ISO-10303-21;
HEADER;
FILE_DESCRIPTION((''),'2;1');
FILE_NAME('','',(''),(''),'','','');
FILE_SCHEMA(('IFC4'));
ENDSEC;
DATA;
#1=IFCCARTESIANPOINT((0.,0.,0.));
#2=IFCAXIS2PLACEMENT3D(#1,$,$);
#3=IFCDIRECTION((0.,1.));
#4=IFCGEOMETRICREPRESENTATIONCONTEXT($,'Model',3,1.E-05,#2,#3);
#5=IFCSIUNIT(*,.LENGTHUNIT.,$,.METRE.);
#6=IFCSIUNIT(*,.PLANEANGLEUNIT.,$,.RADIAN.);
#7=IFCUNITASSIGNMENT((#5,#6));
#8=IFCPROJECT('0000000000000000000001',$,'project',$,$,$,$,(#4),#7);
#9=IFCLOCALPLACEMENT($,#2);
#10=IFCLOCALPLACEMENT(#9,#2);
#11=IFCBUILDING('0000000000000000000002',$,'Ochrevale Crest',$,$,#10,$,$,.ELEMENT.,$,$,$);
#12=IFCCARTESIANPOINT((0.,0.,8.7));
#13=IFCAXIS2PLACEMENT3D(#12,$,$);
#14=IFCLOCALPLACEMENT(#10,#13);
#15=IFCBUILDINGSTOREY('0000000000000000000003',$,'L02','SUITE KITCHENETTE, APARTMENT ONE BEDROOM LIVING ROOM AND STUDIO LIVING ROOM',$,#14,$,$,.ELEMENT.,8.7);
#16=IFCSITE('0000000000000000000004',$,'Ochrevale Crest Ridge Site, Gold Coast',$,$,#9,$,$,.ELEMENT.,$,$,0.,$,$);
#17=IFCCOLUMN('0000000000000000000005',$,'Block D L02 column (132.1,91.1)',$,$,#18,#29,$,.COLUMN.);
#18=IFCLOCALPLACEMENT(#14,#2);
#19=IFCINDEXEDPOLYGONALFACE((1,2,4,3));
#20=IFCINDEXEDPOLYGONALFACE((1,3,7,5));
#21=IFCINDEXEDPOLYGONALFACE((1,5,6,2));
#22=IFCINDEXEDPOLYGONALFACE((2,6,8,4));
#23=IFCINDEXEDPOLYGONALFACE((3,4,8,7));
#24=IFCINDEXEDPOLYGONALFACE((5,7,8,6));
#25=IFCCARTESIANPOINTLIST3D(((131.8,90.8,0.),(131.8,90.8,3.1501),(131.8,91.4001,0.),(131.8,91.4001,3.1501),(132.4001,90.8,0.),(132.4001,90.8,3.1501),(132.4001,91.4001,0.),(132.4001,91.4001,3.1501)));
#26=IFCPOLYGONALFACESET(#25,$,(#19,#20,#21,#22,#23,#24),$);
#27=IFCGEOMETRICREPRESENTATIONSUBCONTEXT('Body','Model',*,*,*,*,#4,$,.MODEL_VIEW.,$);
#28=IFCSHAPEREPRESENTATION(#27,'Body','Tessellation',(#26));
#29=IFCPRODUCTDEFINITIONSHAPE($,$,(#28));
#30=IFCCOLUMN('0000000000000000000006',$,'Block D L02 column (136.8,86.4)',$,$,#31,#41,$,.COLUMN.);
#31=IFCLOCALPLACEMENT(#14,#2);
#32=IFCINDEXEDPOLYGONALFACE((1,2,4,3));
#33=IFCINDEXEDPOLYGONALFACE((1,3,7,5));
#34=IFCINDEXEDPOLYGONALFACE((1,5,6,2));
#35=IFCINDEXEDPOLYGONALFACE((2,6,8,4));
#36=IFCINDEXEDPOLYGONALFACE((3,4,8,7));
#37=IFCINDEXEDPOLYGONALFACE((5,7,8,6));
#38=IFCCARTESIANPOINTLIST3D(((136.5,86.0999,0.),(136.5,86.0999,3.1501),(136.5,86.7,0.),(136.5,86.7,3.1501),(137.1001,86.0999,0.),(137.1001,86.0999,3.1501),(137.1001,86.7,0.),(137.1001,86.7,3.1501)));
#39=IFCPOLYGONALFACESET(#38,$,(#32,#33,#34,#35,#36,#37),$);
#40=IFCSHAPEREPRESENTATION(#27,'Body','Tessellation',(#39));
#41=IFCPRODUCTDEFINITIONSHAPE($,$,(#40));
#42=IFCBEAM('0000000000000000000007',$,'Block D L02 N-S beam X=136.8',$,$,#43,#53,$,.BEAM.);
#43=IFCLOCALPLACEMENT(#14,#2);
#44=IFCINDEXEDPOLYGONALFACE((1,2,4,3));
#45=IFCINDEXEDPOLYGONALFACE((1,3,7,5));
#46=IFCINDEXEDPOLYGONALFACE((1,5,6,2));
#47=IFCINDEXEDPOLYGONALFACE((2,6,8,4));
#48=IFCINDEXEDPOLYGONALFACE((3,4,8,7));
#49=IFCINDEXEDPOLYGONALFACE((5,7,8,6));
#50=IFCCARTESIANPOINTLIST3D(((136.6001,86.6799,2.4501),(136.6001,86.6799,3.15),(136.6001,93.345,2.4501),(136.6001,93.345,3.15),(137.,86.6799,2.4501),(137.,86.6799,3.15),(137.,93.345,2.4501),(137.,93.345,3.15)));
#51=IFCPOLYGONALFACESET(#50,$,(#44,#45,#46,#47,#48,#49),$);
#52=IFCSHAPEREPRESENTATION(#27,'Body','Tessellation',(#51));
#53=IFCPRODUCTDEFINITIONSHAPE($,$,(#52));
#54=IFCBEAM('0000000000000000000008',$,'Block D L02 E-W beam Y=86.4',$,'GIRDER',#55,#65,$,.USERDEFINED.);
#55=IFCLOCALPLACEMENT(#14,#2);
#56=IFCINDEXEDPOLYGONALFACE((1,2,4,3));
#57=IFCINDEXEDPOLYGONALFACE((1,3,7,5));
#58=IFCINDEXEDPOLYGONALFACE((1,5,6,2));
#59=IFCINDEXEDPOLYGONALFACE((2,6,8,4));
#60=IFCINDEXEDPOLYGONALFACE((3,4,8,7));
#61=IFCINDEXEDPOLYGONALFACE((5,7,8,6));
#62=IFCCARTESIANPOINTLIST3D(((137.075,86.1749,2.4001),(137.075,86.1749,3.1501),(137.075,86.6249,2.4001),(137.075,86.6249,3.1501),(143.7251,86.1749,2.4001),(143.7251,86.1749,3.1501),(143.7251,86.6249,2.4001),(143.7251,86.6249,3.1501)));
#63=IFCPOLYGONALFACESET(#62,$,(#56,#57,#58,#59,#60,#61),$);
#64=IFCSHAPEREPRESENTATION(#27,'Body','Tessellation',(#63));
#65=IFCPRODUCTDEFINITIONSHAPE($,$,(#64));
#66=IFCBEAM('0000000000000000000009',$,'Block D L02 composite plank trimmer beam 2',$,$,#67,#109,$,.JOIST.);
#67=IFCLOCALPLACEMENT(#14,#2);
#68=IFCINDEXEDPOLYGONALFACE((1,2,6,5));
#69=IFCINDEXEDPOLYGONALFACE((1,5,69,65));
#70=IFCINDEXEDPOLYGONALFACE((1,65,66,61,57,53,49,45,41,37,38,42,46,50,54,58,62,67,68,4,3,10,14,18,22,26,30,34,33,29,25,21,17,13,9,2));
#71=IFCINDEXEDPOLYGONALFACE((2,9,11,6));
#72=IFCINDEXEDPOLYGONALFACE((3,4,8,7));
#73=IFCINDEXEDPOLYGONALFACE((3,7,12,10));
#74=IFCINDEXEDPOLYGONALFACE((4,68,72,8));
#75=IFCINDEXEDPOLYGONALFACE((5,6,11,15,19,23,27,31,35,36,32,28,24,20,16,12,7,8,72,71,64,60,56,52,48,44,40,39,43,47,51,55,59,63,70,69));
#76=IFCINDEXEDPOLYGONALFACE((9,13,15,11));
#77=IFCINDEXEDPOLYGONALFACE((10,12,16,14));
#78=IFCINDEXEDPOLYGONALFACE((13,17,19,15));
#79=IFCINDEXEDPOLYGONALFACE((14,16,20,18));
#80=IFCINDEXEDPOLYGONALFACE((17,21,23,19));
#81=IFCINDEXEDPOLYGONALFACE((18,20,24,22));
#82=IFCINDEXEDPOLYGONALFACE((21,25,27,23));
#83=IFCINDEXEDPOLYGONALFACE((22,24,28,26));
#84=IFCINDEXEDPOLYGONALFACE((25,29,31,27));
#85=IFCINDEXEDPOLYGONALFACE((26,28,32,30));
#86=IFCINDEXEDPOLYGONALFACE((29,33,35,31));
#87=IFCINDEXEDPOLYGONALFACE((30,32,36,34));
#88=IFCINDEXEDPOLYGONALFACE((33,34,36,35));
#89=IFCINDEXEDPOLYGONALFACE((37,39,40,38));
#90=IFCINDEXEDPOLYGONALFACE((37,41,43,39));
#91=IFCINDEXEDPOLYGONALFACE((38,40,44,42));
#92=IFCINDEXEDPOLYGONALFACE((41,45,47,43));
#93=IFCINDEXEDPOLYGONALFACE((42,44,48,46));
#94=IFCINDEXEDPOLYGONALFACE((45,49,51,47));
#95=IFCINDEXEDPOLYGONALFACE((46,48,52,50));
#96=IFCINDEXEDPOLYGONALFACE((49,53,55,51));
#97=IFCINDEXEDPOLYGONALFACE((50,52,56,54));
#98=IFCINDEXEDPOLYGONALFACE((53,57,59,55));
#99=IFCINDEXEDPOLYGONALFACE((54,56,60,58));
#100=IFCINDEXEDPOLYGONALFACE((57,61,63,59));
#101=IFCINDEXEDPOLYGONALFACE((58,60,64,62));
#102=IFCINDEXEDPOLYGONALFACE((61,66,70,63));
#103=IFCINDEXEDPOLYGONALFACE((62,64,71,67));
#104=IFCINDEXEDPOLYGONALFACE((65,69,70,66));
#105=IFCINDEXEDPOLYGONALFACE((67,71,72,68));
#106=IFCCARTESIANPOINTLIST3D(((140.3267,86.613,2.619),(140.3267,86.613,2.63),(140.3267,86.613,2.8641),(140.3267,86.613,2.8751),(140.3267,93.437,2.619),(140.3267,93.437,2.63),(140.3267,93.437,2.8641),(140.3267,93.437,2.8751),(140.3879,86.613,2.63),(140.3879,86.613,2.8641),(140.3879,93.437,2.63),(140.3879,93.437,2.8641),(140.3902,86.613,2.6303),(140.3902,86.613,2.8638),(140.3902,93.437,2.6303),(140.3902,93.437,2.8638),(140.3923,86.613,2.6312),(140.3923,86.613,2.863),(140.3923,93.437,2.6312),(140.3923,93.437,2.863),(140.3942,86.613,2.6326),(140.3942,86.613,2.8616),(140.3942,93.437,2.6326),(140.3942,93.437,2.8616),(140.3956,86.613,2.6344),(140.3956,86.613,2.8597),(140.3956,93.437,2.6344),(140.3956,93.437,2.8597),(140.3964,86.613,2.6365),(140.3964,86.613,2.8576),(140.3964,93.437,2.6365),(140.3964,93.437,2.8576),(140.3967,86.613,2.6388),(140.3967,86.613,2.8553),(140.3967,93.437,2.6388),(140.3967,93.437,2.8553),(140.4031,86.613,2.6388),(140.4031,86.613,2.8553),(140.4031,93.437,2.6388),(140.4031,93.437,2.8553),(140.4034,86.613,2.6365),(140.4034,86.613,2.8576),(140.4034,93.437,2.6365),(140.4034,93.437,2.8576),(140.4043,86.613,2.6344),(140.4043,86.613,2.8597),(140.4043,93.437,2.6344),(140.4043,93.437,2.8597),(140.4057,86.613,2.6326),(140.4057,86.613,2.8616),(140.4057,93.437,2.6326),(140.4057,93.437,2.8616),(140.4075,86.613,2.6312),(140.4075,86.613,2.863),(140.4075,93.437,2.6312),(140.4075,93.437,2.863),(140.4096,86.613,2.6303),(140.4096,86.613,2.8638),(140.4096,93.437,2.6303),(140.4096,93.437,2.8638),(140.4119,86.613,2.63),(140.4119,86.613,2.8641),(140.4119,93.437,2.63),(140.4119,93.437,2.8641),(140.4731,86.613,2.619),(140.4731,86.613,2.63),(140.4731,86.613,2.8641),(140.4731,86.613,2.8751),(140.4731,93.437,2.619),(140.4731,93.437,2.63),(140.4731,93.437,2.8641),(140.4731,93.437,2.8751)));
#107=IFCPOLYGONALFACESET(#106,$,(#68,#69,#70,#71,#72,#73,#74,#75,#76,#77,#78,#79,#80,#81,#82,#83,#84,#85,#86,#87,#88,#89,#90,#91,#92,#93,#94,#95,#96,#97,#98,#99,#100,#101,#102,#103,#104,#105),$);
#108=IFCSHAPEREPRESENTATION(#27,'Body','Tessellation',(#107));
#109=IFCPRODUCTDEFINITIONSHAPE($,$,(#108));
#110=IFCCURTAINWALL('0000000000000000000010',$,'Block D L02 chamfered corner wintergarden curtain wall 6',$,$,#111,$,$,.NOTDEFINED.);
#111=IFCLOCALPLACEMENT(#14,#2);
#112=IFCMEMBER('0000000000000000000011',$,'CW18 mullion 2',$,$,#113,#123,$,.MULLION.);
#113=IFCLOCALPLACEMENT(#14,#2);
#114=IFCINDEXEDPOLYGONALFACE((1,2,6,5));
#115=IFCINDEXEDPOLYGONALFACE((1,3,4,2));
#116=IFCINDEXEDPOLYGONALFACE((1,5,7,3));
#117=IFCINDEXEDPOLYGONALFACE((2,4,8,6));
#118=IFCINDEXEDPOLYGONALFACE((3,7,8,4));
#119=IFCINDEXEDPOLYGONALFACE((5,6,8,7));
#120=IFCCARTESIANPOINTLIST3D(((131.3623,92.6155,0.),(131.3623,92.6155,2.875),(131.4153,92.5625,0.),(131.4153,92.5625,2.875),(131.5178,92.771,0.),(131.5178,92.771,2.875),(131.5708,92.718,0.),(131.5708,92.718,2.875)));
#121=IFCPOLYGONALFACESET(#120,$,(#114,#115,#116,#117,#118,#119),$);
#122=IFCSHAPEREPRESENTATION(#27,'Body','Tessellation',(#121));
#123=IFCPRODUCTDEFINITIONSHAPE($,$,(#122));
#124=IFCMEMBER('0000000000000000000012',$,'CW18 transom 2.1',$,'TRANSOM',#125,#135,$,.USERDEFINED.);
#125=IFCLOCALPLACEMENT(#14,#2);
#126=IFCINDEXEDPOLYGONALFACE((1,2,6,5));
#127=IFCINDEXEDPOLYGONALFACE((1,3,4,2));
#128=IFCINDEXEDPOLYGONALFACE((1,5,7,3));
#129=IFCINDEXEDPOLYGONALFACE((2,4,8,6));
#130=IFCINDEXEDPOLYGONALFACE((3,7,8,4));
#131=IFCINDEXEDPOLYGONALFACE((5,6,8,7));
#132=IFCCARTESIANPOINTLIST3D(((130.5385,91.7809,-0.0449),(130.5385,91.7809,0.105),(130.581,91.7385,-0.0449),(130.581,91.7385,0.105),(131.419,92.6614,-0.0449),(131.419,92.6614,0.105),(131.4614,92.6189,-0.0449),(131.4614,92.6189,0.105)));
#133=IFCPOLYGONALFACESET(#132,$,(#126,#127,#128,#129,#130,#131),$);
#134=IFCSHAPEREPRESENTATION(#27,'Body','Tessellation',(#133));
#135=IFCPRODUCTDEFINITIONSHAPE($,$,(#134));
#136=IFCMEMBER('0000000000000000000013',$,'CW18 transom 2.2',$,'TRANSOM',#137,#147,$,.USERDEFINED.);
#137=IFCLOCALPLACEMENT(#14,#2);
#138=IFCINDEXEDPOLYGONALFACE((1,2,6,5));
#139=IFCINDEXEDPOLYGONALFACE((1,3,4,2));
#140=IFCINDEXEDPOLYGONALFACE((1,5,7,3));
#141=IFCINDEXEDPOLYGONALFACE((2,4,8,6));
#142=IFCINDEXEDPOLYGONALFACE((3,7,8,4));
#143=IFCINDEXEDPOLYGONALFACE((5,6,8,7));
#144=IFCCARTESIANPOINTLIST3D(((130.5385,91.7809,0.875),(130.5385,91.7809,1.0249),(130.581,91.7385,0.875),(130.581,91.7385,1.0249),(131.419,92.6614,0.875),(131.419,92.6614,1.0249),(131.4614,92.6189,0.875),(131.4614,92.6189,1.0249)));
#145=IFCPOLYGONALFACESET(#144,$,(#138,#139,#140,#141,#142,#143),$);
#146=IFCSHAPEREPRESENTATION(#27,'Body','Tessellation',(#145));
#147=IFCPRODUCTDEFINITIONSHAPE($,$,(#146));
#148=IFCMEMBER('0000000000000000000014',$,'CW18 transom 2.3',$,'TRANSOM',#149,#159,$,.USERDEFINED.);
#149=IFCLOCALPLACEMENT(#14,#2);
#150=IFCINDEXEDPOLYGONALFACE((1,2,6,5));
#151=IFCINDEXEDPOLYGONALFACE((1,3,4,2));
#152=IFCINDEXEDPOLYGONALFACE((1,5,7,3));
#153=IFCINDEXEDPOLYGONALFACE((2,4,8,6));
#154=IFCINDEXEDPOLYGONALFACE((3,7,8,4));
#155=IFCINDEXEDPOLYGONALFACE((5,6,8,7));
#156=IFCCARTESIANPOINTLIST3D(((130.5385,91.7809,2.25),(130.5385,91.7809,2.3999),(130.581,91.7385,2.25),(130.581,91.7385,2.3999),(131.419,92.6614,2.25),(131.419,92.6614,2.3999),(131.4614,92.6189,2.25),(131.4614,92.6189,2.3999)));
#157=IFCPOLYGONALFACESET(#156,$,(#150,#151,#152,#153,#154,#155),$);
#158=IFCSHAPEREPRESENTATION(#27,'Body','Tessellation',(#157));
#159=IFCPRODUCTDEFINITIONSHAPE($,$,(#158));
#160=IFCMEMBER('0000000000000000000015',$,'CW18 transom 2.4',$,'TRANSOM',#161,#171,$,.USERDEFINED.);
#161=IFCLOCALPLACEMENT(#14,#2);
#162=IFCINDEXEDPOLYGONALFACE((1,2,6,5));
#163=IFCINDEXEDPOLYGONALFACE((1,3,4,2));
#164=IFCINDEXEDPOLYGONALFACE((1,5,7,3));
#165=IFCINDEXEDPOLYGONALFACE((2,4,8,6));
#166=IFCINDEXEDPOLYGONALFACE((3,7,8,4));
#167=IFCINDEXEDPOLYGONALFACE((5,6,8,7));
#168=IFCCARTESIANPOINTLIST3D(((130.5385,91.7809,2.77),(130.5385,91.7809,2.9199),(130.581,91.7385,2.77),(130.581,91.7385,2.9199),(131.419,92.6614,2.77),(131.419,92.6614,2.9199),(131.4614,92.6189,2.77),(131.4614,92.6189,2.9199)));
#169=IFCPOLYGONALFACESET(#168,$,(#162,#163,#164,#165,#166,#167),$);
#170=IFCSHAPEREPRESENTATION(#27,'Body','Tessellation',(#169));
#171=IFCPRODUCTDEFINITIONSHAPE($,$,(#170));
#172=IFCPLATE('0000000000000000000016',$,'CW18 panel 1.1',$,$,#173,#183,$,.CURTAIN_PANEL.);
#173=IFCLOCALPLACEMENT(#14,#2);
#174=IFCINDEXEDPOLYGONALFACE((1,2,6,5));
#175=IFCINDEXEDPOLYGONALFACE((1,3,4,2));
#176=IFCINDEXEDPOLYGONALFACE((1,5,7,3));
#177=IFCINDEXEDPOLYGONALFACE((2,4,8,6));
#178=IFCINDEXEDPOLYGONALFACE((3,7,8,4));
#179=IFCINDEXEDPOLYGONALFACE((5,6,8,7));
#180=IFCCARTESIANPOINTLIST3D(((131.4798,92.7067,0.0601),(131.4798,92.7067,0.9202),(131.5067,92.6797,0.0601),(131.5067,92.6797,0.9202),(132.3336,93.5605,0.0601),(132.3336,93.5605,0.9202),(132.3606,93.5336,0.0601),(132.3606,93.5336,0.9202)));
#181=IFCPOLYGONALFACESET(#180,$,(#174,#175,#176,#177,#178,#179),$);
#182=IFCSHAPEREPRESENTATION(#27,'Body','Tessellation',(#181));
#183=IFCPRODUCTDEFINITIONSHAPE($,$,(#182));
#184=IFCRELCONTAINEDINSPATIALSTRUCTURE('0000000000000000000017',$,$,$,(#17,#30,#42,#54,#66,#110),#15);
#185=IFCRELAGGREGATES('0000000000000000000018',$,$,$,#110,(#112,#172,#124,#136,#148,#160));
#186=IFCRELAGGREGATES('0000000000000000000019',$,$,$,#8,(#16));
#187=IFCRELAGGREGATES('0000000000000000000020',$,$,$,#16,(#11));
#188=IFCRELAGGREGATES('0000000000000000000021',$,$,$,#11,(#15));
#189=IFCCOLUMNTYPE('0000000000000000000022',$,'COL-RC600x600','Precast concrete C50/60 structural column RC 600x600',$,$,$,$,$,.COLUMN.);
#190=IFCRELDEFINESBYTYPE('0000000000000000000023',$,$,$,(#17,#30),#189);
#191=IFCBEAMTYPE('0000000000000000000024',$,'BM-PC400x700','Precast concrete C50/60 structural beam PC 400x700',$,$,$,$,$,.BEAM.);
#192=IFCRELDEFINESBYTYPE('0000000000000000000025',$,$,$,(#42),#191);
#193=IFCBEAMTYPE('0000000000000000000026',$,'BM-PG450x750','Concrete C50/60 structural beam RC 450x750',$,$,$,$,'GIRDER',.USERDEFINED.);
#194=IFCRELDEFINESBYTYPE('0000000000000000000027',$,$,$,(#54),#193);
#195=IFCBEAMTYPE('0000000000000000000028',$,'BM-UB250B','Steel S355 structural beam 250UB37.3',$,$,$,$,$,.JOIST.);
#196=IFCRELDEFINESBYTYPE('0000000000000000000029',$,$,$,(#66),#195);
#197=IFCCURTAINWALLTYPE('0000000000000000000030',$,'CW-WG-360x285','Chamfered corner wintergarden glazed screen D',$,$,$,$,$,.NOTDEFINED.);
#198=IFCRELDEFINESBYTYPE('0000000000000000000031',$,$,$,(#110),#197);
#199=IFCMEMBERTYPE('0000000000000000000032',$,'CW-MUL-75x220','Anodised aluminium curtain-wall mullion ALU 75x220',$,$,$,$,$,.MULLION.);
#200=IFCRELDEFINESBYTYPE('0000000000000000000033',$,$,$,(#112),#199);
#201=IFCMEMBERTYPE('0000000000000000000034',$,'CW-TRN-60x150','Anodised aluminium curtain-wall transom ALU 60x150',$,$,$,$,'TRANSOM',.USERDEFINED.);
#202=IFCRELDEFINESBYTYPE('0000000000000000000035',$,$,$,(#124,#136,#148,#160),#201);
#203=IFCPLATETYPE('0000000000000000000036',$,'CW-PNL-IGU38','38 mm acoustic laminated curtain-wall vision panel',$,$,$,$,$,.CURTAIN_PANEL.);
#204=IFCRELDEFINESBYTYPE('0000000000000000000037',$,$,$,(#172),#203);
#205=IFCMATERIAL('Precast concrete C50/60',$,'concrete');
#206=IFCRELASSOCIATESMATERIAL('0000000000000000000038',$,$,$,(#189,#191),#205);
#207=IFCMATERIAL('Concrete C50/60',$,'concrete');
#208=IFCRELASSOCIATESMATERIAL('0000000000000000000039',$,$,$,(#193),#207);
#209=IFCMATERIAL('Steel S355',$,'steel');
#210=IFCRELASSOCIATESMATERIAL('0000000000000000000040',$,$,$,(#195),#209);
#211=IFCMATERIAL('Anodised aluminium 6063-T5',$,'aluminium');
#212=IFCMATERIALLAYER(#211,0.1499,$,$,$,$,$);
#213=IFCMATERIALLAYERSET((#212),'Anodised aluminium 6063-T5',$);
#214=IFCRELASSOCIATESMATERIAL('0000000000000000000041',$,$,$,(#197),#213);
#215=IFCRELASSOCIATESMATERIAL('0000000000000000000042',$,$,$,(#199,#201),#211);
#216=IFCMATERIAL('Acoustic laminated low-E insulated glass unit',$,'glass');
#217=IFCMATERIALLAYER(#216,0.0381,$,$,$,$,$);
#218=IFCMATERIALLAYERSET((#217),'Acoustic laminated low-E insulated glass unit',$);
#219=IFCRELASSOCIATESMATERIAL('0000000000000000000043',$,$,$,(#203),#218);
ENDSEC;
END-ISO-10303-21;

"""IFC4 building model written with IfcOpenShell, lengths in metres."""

from ifc_helpers import new_model, si_unit, direction, frame, origin, origin_2d, place, context, subcontext, project, spatial, rectangle, i_section, extrude, material, layer, layer_set, material_profile, profile_set, type_object, element, aggregate, save


model = new_model("IFC4")

# Units and contexts
model_context = context("Model", 3, precision=1e-05, world=origin(), true_north=direction((0.0, 1.0)))
body_context = subcontext(model_context, "Body", "Model", "MODEL_VIEW")
ifc_project = project(units=[si_unit("LENGTHUNIT", "METRE"), si_unit("PLANEANGLEUNIT", "RADIAN")], contexts=[model_context])

# Site, building, storey
site_placement = place(None, origin())
site = spatial("IfcSite", under=ifc_project, at=site_placement, Name="Ochrevale Crest Ridge Site, Gold Coast", CompositionType="ELEMENT", RefElevation=0.0)
building_placement = place(site_placement, origin())
building = spatial("IfcBuilding", under=site, at=building_placement, Name="Ochrevale Crest", CompositionType="ELEMENT")
storey_placement = place(building_placement, frame((0.0, 0.0, 8.7)))
storey = spatial("IfcBuildingStorey", under=building, at=storey_placement, Name="L02", Description="SUITE KITCHENETTE, APARTMENT ONE BEDROOM LIVING ROOM AND STUDIO LIVING ROOM", CompositionType="ELEMENT", Elevation=8.7)

# Columns
ifc_material_1 = material(Name="Precast concrete C50/60", Category="concrete")
ifc_material_profile_1 = material_profile(ifc_material_1, rectangle(XDim=0.6001, YDim=0.6001, at=origin_2d()), Name="RC 600x600")
ifc_profile_set_1 = profile_set([ifc_material_profile_1], Name="Precast concrete C50/60")
column_type = type_object("IfcColumnType", Name="COL-RC600x600", Description="Precast concrete C50/60 structural column RC 600x600", PredefinedType="COLUMN", material=ifc_profile_set_1)
for number, where, z_axis, x_axis, name in (
    (1, (132.1001, 91.1001, 0.0), (0.0, 0.0, 1.0), (1.0, 0.0, 0.0), "Block D L02 column (132.1,91.1)"),
    (2, (136.8, 86.3999, 0.0), (0.0, 0.0, 1.0), (1.0, 0.0, 0.0), "Block D L02 column (136.8,86.4)"),
):
    element("IfcColumn", number, at=place(storey_placement, frame(where, z_axis=z_axis, x_axis=x_axis)), inside=storey, type_object=column_type, Name=name, PredefinedType="COLUMN", context=body_context, shape_type="SweptSolid", body=[
        extrude(rectangle(XDim=0.6001, YDim=0.6001, at=origin_2d()), origin(), (0.0, 0.0, 1.0), 3.1501),
    ])

# Beams
ifc_material_profile_2 = material_profile(ifc_material_1, rectangle(XDim=0.3999, YDim=0.7, at=origin_2d()), Name="PC 400x700")
ifc_profile_set_2 = profile_set([ifc_material_profile_2], Name="Precast concrete C50/60")
beam_type_1 = type_object("IfcBeamType", Name="BM-PC400x700", Description="Precast concrete C50/60 structural beam PC 400x700", PredefinedType="BEAM", material=ifc_profile_set_2)
beam_1_placement = place(storey_placement, frame((136.8, 86.6799, 2.8), z_axis=(0.0, 1.0, 0.0), x_axis=(-1.0, 0.0, 0.0)))
element("IfcBeam", 3, at=beam_1_placement, inside=storey, type_object=beam_type_1, Name="Block D L02 N-S beam X=136.8", PredefinedType="BEAM", context=body_context, shape_type="SweptSolid", body=[
    extrude(rectangle(XDim=0.3999, YDim=0.7, at=origin_2d()), origin(), (0.0, 0.0, 1.0), 6.665),
])
ifc_material_2 = material(Name="Concrete C50/60", Category="concrete")
ifc_material_profile_3 = material_profile(ifc_material_2, rectangle(XDim=0.45, YDim=0.75, at=origin_2d()), Name="RC 450x750")
ifc_profile_set_3 = profile_set([ifc_material_profile_3], Name="Concrete C50/60")
beam_type_2 = type_object("IfcBeamType", Name="BM-PG450x750", Description="Concrete C50/60 structural beam RC 450x750", ElementType="GIRDER", PredefinedType="USERDEFINED", material=ifc_profile_set_3)
beam_2_placement = place(storey_placement, frame((137.075, 86.3999, 2.7751), z_axis=(1.0, 0.0, 0.0), x_axis=(0.0, 1.0, 0.0)))
element("IfcBeam", 4, at=beam_2_placement, inside=storey, type_object=beam_type_2, Name="Block D L02 E-W beam Y=86.4", ObjectType="GIRDER", PredefinedType="USERDEFINED", context=body_context, shape_type="SweptSolid", body=[
    extrude(rectangle(XDim=0.45, YDim=0.75, at=origin_2d()), origin(), (0.0, 0.0, 1.0), 6.6501),
])
ifc_material_3 = material(Name="Steel S355", Category="steel")
ifc_material_profile_4 = material_profile(ifc_material_3, i_section(OverallWidth=0.1465, OverallDepth=0.2561, WebThickness=0.0063, FlangeThickness=0.011, FilletRadius=0.0088, at=origin_2d()), Name="250UB37.3")
ifc_profile_set_4 = profile_set([ifc_material_profile_4], Name="Steel S355")
beam_type_3 = type_object("IfcBeamType", Name="BM-UB250B", Description="Steel S355 structural beam 250UB37.3", PredefinedType="JOIST", material=ifc_profile_set_4)
beam_3_placement = place(storey_placement, frame((140.3999, 86.613, 2.7471), z_axis=(0.0, 1.0, 0.0), x_axis=(-1.0, 0.0, 0.0)))
element("IfcBeam", 5, at=beam_3_placement, inside=storey, type_object=beam_type_3, Name="Block D L02 composite plank trimmer beam 2", PredefinedType="JOIST", context=body_context, shape_type="SweptSolid", body=[
    extrude(i_section(OverallWidth=0.1465, OverallDepth=0.2561, WebThickness=0.0063, FlangeThickness=0.011, FilletRadius=0.0088, at=origin_2d()), origin(), (0.0, 0.0, 1.0), 6.824),
])

# Curtain wall, members, plate
ifc_material_4 = material(Name="Anodised aluminium 6063-T5", Category="aluminium")
ifc_layer_1 = layer(ifc_material_4, 0.1499)
ifc_layer_set_1 = layer_set([ifc_layer_1], Name="Anodised aluminium 6063-T5")
curtain_wall_type = type_object("IfcCurtainWallType", Name="CW-WG-360x285", Description="Chamfered corner wintergarden glazed screen D", PredefinedType="NOTDEFINED", material=ifc_layer_set_1)
curtain_wall_placement = place(storey_placement, origin())
curtain_wall = element("IfcCurtainWall", 6, at=curtain_wall_placement, inside=storey, type_object=curtain_wall_type, Name="Block D L02 chamfered corner wintergarden curtain wall 6", PredefinedType="NOTDEFINED")
ifc_material_profile_5 = material_profile(ifc_material_4, rectangle(XDim=0.075, YDim=0.22, at=origin_2d()), Name="ALU 75x220")
ifc_profile_set_5 = profile_set([ifc_material_profile_5], Name="Anodised aluminium 6063-T5")
member_type_1 = type_object("IfcMemberType", Name="CW-MUL-75x220", Description="Anodised aluminium curtain-wall mullion ALU 75x220", PredefinedType="MULLION", material=ifc_profile_set_5)
member_1_placement = place(storey_placement, frame((131.4666, 92.6667, 0.0), z_axis=(0.0, 0.0, 1.0), x_axis=(0.707107, -0.707107, 0.0)))
member_1 = element("IfcMember", 7, at=member_1_placement, type_object=member_type_1, Name="CW18 mullion 2", PredefinedType="MULLION", context=body_context, shape_type="SweptSolid", body=[
    extrude(rectangle(XDim=0.075, YDim=0.22, at=origin_2d()), origin(), (0.0, 0.0, 1.0), 2.875),
])
ifc_material_profile_6 = material_profile(ifc_material_4, rectangle(XDim=0.0601, YDim=0.1499, at=origin_2d()), Name="ALU 60x150")
ifc_profile_set_6 = profile_set([ifc_material_profile_6], Name="Anodised aluminium 6063-T5")
member_type_2 = type_object("IfcMemberType", Name="CW-TRN-60x150", Description="Anodised aluminium curtain-wall transom ALU 60x150", ElementType="TRANSOM", PredefinedType="USERDEFINED", material=ifc_profile_set_6)
member_2_placement = place(storey_placement, frame((131.4402, 92.6401, 0.03), z_axis=(-0.707107, -0.707107, 0.0), x_axis=(0.707107, -0.707107, 0.0)))
member_2 = element("IfcMember", 8, at=member_2_placement, type_object=member_type_2, Name="CW18 transom 2.1", ObjectType="TRANSOM", PredefinedType="USERDEFINED", context=body_context, shape_type="SweptSolid", body=[
    extrude(rectangle(XDim=0.0601, YDim=0.1499, at=origin_2d()), origin(), (0.0, 0.0, 1.0), 1.2451),
])
member_3_placement = place(storey_placement, frame((131.4402, 92.6401, 0.95), z_axis=(-0.707107, -0.707107, 0.0), x_axis=(0.707107, -0.707107, 0.0)))
member_3 = element("IfcMember", 9, at=member_3_placement, type_object=member_type_2, Name="CW18 transom 2.2", ObjectType="TRANSOM", PredefinedType="USERDEFINED", context=body_context, shape_type="SweptSolid", body=[
    extrude(rectangle(XDim=0.0601, YDim=0.1499, at=origin_2d()), origin(), (0.0, 0.0, 1.0), 1.2451),
])
member_4_placement = place(storey_placement, frame((131.4402, 92.6401, 2.325), z_axis=(-0.707107, -0.707107, 0.0), x_axis=(0.707107, -0.707107, 0.0)))
member_4 = element("IfcMember", 10, at=member_4_placement, type_object=member_type_2, Name="CW18 transom 2.3", ObjectType="TRANSOM", PredefinedType="USERDEFINED", context=body_context, shape_type="SweptSolid", body=[
    extrude(rectangle(XDim=0.0601, YDim=0.1499, at=origin_2d()), origin(), (0.0, 0.0, 1.0), 1.2451),
])
member_5_placement = place(storey_placement, frame((131.4402, 92.6401, 2.845), z_axis=(-0.707107, -0.707107, 0.0), x_axis=(0.707107, -0.707107, 0.0)))
member_5 = element("IfcMember", 11, at=member_5_placement, type_object=member_type_2, Name="CW18 transom 2.4", ObjectType="TRANSOM", PredefinedType="USERDEFINED", context=body_context, shape_type="SweptSolid", body=[
    extrude(rectangle(XDim=0.0601, YDim=0.1499, at=origin_2d()), origin(), (0.0, 0.0, 1.0), 1.2451),
])
ifc_material_5 = material(Name="Acoustic laminated low-E insulated glass unit", Category="glass")
ifc_layer_2 = layer(ifc_material_5, 0.0381)
ifc_layer_set_2 = layer_set([ifc_layer_2], Name="Acoustic laminated low-E insulated glass unit")
plate_type = type_object("IfcPlateType", Name="CW-PNL-IGU38", Description="38 mm acoustic laminated curtain-wall vision panel", PredefinedType="CURTAIN_PANEL", material=ifc_layer_set_2)
plate_1_placement = place(storey_placement, frame((131.9202, 93.1201, 0.0601), z_axis=(0.0, 0.0, 1.0), x_axis=(-0.707107, -0.707107, 0.0)))
plate_1 = element("IfcPlate", 12, at=plate_1_placement, type_object=plate_type, Name="CW18 panel 1.1", PredefinedType="CURTAIN_PANEL", context=body_context, shape_type="SweptSolid", body=[
    extrude(rectangle(XDim=1.2075, YDim=0.0381, at=origin_2d()), origin(), (0.0, 0.0, 1.0), 0.8601),
])
aggregate(curtain_wall, [member_1, plate_1, member_2, member_3, member_4, member_5])

save(model, "model.ifc")
